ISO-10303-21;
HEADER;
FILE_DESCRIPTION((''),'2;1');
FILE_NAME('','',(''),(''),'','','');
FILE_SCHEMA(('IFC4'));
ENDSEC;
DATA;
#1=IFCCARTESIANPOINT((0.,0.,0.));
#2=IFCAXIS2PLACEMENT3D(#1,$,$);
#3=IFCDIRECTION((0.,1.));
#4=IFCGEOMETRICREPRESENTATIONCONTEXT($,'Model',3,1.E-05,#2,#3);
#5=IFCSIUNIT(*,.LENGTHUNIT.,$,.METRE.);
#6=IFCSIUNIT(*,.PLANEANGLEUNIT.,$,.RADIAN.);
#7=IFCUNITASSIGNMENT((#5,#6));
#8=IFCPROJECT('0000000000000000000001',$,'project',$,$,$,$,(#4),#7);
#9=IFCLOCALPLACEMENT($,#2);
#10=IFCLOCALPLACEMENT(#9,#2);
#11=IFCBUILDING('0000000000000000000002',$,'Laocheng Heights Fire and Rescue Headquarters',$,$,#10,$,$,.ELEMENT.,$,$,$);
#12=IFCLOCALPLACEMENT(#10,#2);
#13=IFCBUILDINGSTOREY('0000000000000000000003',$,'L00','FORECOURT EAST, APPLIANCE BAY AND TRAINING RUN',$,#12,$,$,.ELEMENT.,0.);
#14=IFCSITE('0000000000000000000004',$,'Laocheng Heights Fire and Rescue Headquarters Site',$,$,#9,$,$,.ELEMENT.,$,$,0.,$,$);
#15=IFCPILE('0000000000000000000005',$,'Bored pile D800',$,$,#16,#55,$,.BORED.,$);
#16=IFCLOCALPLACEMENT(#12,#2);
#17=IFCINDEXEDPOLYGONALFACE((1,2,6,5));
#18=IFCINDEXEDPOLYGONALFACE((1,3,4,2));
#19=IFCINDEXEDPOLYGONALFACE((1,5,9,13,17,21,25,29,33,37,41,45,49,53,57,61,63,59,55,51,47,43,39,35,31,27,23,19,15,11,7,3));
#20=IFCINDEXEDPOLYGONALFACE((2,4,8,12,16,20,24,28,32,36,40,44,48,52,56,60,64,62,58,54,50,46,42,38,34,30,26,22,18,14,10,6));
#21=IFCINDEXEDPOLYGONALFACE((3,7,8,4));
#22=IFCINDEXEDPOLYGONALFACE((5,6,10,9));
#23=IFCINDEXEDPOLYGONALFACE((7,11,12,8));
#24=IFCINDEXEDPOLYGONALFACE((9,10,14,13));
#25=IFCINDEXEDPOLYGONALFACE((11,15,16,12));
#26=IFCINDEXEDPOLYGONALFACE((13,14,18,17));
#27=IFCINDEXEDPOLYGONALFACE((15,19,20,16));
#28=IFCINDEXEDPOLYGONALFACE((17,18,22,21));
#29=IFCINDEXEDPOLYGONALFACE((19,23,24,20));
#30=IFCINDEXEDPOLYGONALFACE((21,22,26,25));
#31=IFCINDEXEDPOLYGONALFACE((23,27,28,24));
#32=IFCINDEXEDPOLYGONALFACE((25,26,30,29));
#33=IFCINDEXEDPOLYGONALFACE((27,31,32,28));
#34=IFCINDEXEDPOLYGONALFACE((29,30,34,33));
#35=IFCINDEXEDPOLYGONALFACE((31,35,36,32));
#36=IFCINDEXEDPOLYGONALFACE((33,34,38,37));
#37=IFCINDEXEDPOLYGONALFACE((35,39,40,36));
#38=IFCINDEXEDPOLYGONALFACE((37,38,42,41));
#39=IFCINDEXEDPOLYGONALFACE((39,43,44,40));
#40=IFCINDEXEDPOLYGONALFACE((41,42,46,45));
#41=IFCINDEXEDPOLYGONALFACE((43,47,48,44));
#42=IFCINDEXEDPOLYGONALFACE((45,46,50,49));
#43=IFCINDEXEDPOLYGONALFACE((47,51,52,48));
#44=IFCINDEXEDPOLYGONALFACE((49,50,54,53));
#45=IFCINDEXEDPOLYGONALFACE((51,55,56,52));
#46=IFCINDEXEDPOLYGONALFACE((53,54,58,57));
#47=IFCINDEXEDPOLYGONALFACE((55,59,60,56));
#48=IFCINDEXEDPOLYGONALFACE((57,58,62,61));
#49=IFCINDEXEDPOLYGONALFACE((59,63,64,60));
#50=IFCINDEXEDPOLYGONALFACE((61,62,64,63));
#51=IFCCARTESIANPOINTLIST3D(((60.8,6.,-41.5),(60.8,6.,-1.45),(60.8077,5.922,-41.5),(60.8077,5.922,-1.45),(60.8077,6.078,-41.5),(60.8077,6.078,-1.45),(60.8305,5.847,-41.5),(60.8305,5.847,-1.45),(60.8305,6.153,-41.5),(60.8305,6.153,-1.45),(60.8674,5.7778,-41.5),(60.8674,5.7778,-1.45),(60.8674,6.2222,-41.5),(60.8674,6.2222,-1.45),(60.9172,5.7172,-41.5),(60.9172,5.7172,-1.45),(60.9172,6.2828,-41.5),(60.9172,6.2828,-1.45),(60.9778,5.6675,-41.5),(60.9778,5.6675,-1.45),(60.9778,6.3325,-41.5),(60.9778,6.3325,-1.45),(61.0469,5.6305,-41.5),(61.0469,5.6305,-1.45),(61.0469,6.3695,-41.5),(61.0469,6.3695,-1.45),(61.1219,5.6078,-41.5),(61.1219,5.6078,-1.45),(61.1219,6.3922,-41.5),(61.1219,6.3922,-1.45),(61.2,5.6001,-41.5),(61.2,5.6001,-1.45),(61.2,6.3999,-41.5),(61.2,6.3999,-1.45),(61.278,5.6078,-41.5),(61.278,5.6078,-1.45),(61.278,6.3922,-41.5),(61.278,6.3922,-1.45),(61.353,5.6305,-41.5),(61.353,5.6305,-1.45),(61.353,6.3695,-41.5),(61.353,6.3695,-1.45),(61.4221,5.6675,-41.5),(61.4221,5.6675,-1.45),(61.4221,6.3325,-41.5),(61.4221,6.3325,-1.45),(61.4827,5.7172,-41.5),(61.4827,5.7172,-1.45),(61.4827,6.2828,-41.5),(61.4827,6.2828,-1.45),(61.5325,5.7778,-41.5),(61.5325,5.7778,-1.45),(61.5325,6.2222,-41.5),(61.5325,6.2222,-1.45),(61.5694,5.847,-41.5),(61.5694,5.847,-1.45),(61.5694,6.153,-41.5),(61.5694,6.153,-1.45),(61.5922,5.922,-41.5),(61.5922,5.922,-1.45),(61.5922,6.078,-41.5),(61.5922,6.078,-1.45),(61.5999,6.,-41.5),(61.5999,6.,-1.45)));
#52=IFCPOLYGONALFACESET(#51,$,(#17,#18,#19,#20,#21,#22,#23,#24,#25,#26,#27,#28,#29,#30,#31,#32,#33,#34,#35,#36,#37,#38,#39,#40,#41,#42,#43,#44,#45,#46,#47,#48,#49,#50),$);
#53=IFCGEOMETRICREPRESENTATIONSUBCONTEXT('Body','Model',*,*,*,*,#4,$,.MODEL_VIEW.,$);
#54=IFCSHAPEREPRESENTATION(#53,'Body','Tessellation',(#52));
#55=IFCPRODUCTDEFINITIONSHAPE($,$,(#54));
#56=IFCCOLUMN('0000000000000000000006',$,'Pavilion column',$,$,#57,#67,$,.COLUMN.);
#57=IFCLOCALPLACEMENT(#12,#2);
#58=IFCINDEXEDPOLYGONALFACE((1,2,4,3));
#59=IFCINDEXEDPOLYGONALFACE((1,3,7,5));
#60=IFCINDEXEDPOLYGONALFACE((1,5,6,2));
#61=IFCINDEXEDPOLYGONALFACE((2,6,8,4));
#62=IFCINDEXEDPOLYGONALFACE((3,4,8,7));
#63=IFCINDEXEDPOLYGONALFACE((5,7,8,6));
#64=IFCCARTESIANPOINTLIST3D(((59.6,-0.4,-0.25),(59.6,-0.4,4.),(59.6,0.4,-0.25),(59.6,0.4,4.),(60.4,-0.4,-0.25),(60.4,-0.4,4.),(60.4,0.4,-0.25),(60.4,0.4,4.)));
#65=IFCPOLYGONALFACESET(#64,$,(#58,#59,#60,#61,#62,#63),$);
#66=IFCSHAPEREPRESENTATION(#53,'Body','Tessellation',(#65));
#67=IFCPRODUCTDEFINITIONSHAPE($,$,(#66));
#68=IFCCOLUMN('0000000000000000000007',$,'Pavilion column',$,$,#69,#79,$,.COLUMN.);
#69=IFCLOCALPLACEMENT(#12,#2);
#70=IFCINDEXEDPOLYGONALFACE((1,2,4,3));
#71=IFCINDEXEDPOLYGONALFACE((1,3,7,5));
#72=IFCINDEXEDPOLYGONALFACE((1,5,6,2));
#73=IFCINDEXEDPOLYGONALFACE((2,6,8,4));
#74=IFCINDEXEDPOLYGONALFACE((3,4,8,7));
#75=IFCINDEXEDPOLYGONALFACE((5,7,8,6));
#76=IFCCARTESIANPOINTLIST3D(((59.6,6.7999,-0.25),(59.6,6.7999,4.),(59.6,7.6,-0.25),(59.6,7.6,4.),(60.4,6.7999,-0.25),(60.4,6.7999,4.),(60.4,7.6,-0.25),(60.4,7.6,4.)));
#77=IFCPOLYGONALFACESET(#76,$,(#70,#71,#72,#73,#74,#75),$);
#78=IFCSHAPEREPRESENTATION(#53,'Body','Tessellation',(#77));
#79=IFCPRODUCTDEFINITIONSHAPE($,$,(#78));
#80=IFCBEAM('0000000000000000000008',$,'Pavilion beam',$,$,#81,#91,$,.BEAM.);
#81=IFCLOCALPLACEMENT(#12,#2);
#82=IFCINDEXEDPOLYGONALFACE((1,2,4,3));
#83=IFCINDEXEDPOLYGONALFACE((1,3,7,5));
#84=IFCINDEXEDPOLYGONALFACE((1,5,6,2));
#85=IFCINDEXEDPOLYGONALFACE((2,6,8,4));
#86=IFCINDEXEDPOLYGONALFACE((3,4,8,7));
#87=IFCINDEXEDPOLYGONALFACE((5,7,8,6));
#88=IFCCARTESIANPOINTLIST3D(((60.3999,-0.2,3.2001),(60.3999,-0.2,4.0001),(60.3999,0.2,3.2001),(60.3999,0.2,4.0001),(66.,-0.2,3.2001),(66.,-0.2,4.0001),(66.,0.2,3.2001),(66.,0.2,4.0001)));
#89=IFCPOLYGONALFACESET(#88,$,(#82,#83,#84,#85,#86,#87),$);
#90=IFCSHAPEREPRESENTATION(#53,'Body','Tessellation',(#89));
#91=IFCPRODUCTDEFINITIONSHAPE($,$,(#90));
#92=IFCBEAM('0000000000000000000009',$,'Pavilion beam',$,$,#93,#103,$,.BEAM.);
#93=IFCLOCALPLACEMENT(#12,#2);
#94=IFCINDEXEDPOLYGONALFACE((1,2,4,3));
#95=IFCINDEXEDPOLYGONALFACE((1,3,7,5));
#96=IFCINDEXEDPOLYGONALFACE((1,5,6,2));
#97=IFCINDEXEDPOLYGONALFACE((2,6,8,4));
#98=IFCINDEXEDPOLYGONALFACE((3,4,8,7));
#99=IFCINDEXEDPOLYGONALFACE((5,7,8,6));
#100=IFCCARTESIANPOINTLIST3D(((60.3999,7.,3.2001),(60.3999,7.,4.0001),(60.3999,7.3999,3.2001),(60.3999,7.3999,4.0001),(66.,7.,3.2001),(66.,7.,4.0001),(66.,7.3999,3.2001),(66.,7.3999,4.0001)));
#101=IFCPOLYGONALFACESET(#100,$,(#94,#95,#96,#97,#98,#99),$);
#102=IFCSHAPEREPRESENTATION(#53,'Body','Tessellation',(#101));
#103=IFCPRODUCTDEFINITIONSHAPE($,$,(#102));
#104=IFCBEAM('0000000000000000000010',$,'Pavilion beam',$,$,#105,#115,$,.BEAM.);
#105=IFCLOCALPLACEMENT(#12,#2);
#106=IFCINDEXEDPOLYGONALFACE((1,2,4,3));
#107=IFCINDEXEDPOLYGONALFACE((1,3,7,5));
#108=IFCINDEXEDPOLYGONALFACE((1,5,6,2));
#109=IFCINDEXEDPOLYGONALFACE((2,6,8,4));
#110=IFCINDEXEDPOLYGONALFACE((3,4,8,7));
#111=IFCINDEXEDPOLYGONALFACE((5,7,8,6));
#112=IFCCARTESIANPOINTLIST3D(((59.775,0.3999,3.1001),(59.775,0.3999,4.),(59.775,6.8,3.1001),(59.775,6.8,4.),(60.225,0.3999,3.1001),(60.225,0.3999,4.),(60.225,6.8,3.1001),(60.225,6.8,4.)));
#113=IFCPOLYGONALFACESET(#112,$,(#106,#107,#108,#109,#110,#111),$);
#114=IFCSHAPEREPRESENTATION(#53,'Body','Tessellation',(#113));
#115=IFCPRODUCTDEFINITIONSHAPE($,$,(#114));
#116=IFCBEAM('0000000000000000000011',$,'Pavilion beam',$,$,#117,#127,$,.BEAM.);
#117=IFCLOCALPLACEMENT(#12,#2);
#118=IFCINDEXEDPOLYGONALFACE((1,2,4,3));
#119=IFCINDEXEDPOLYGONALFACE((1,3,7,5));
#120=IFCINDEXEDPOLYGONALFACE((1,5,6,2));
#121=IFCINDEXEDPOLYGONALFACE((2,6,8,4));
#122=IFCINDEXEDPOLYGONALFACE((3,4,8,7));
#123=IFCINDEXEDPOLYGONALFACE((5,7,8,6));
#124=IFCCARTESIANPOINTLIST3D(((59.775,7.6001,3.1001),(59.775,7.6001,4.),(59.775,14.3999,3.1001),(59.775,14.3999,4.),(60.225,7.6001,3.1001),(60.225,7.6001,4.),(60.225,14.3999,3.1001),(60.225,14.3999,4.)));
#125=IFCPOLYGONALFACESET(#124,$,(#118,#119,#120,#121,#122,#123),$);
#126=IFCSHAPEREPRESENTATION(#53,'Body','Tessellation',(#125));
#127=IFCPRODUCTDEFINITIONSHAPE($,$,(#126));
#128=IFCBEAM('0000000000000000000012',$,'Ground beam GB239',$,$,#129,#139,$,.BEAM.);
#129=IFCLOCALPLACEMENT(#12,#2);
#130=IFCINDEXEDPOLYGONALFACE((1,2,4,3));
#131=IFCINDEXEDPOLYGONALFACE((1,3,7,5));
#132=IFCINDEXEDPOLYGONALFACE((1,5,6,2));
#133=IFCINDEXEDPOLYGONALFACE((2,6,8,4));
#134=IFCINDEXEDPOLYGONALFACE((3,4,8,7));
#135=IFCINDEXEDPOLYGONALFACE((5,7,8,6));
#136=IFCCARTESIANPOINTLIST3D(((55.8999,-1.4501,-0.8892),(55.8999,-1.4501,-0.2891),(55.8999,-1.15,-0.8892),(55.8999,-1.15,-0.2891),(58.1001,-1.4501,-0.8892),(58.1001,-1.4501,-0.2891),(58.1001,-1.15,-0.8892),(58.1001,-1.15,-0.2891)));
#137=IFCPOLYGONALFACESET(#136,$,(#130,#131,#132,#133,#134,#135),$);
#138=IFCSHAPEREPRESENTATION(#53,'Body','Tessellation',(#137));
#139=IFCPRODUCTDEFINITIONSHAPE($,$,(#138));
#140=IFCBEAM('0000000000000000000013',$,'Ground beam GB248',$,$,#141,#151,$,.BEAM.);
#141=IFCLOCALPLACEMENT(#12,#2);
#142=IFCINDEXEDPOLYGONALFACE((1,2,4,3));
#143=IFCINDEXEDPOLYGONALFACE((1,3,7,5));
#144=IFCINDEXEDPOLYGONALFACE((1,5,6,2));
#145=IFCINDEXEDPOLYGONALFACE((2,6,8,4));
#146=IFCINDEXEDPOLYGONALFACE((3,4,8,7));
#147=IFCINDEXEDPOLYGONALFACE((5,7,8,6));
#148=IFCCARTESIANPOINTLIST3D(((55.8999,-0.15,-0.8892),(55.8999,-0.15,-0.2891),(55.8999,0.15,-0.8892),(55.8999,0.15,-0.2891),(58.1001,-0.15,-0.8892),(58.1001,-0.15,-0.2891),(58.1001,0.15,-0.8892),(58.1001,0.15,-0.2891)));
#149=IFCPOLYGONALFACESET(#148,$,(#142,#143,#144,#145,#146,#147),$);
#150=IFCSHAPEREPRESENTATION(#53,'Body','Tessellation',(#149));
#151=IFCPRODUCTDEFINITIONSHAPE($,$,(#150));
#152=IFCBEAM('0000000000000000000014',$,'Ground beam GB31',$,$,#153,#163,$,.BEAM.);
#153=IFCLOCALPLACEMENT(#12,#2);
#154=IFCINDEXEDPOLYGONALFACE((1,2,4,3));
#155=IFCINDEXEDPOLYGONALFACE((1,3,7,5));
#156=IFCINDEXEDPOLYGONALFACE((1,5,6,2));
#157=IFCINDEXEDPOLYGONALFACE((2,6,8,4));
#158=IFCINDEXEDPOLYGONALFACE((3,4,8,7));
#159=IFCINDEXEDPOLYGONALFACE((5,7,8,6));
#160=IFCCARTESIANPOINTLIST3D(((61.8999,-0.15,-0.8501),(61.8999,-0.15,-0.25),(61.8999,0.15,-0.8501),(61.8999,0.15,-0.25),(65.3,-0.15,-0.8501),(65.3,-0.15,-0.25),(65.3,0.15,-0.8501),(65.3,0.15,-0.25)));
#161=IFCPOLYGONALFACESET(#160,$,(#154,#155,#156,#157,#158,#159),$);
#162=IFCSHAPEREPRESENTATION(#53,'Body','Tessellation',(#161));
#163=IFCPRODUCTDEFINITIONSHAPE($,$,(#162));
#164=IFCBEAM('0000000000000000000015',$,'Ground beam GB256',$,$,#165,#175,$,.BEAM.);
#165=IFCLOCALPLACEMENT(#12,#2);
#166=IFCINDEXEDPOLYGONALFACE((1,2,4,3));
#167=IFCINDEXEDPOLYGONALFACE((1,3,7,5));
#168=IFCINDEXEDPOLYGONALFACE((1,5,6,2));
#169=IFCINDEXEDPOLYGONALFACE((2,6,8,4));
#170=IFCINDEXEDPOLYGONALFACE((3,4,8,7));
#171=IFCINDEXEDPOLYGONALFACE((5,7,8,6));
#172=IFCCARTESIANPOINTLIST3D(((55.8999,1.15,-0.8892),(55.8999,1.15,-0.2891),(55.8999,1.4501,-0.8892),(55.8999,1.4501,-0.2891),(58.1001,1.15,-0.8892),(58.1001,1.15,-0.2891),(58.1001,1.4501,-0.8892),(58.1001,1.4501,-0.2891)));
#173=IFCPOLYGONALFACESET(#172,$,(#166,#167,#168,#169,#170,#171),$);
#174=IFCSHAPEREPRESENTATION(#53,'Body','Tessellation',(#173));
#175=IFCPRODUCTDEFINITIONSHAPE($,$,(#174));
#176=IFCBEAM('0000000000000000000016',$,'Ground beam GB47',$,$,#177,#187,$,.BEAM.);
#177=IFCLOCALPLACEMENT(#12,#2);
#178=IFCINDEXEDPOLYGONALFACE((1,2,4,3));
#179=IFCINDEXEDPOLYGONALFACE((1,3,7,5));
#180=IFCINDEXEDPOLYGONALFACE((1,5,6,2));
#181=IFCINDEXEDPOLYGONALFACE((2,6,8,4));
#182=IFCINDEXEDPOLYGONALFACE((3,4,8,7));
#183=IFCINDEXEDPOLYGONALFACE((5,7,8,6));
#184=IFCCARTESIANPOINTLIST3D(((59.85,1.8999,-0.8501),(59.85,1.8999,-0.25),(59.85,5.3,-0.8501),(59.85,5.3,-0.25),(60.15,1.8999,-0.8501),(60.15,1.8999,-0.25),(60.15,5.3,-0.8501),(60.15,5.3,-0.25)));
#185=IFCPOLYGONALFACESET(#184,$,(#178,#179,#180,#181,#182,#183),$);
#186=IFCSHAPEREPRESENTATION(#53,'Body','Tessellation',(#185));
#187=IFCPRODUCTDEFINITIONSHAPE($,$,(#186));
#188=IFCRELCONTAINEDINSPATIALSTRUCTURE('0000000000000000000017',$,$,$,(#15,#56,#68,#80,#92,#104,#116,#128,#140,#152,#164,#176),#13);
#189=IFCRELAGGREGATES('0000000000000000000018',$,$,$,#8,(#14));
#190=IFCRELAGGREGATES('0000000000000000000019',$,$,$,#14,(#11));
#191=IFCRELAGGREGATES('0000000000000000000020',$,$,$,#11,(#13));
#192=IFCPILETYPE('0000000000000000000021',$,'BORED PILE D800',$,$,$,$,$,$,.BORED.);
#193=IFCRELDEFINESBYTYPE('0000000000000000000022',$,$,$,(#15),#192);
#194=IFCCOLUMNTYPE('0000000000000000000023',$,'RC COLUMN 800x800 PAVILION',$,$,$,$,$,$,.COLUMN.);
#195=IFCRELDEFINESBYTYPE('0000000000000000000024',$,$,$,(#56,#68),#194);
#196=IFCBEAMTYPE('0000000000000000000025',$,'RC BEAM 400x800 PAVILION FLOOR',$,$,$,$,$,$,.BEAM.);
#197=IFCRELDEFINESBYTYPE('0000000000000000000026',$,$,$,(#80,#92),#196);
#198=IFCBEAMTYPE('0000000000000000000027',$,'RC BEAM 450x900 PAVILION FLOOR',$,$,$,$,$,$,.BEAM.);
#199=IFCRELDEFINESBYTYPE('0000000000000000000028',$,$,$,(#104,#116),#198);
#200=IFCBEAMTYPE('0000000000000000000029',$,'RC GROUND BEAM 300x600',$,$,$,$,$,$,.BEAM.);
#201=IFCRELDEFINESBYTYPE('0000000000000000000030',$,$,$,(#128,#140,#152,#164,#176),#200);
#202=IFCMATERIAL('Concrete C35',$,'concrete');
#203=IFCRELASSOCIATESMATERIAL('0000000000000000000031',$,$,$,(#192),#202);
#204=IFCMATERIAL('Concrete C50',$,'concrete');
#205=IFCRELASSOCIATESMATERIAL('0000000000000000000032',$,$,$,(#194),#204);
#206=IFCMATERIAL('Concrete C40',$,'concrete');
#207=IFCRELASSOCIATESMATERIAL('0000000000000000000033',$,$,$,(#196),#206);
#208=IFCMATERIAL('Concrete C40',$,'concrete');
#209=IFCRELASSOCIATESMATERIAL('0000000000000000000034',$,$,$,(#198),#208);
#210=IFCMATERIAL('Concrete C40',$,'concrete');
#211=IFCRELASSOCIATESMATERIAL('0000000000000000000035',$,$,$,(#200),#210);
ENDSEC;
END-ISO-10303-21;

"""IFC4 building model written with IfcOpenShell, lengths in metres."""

from ifc_helpers import new_model, si_unit, direction, frame, origin, origin_2d, place, context, subcontext, project, spatial, rectangle, circle, extrude, material, material_profile, profile_set, type_object, element, save


model = new_model("IFC4")

# Units and contexts
model_context = context("Model", 3, precision=1e-05, world=origin(), true_north=direction((0.0, 1.0)))
body_context = subcontext(model_context, "Body", "Model", "MODEL_VIEW")
ifc_project = project(units=[si_unit("LENGTHUNIT", "METRE"), si_unit("PLANEANGLEUNIT", "RADIAN")], contexts=[model_context])

# Site, building, storey
site_placement = place(None, origin())
site = spatial("IfcSite", under=ifc_project, at=site_placement, Name="Laocheng Heights Fire and Rescue Headquarters Site", CompositionType="ELEMENT", RefElevation=0.0)
building_placement = place(site_placement, origin())
building = spatial("IfcBuilding", under=site, at=building_placement, Name="Laocheng Heights Fire and Rescue Headquarters", CompositionType="ELEMENT")
storey_placement = place(building_placement, origin())
storey = spatial("IfcBuildingStorey", under=building, at=storey_placement, Name="L00", Description="FORECOURT EAST, APPLIANCE BAY AND TRAINING RUN", CompositionType="ELEMENT", Elevation=0.0)

# Pile
ifc_material_1 = material(Name="Concrete C35", Category="concrete")
ifc_material_profile_1 = material_profile(ifc_material_1, circle(Radius=0.3999, at=origin_2d()), Name="BORED PILE D800")
ifc_profile_set_1 = profile_set([ifc_material_profile_1], Name="Concrete C35")
pile_type = type_object("IfcPileType", Name="BORED PILE D800", PredefinedType="BORED", material=ifc_profile_set_1)
for number, where, z_axis, x_axis, name in (
    (1, (61.2, 6.0, -1.45), (0.0, 0.0, -1.0), (1.0, 0.0, 0.0), "Bored pile D800"),
):
    element("IfcPile", number, at=place(storey_placement, frame(where, z_axis=z_axis, x_axis=x_axis)), inside=storey, type_object=pile_type, Name=name, PredefinedType="BORED", context=body_context, shape_type="SweptSolid", body=[
        extrude(circle(Radius=0.3999, at=origin_2d()), origin(), (0.0, 0.0, 1.0), 40.05),
    ])

# Columns
ifc_material_2 = material(Name="Concrete C50", Category="concrete")
ifc_material_profile_2 = material_profile(ifc_material_2, rectangle(XDim=0.8, YDim=0.8, at=origin_2d()), Name="RC COLUMN 800x800 PAVILION")
ifc_profile_set_2 = profile_set([ifc_material_profile_2], Name="Concrete C50")
column_type = type_object("IfcColumnType", Name="RC COLUMN 800x800 PAVILION", PredefinedType="COLUMN", material=ifc_profile_set_2)
for number, where, z_axis, x_axis, name in (
    (2, (60.0, 0.0, -0.25), (0.0, 0.0, 1.0), (1.0, 0.0, 0.0), "Pavilion column"),
    (3, (60.0, 7.2, -0.25), (0.0, 0.0, 1.0), (1.0, 0.0, 0.0), "Pavilion column"),
):
    element("IfcColumn", number, at=place(storey_placement, frame(where, z_axis=z_axis, x_axis=x_axis)), inside=storey, type_object=column_type, Name=name, PredefinedType="COLUMN", context=body_context, shape_type="SweptSolid", body=[
        extrude(rectangle(XDim=0.8, YDim=0.8, at=origin_2d()), origin(), (0.0, 0.0, 1.0), 4.25),
    ])

# Beams
ifc_material_3 = material(Name="Concrete C40", Category="concrete")
ifc_material_profile_3 = material_profile(ifc_material_3, rectangle(XDim=0.3999, YDim=0.8, at=origin_2d()), Name="RC BEAM 400x800 PAVILION FLOOR")
ifc_profile_set_3 = profile_set([ifc_material_profile_3], Name="Concrete C40")
beam_type_1 = type_object("IfcBeamType", Name="RC BEAM 400x800 PAVILION FLOOR", PredefinedType="BEAM", material=ifc_profile_set_3)
for number, where, z_axis, x_axis, name in (
    (4, (60.3999, 0.0, 3.6001), (1.0, 0.0, 0.0), (0.0, 1.0, 0.0), "Pavilion beam"),
    (5, (60.3999, 7.2, 3.6001), (1.0, 0.0, 0.0), (0.0, 1.0, 0.0), "Pavilion beam"),
):
    element("IfcBeam", number, at=place(storey_placement, frame(where, z_axis=z_axis, x_axis=x_axis)), inside=storey, type_object=beam_type_1, Name=name, PredefinedType="BEAM", context=body_context, shape_type="SweptSolid", body=[
        extrude(rectangle(XDim=0.3999, YDim=0.8, at=origin_2d()), origin(), (0.0, 0.0, 1.0), 5.6001),
    ])
ifc_material_4 = material(Name="Concrete C40", Category="concrete")
ifc_material_profile_4 = material_profile(ifc_material_4, rectangle(XDim=0.45, YDim=0.8999, at=origin_2d()), Name="RC BEAM 450x900 PAVILION FLOOR")
ifc_profile_set_4 = profile_set([ifc_material_profile_4], Name="Concrete C40")
beam_type_2 = type_object("IfcBeamType", Name="RC BEAM 450x900 PAVILION FLOOR", PredefinedType="BEAM", material=ifc_profile_set_4)
beam_1_placement = place(storey_placement, frame((60.0, 0.3999, 3.55), z_axis=(0.0, 1.0, 0.0), x_axis=(-1.0, 0.0, 0.0)))
element("IfcBeam", 6, at=beam_1_placement, inside=storey, type_object=beam_type_2, Name="Pavilion beam", PredefinedType="BEAM", context=body_context, shape_type="SweptSolid", body=[
    extrude(rectangle(XDim=0.45, YDim=0.8999, at=origin_2d()), origin(), (0.0, 0.0, 1.0), 6.4001),
])
beam_2_placement = place(storey_placement, frame((60.0, 7.6001, 3.55), z_axis=(0.0, 1.0, 0.0), x_axis=(-1.0, 0.0, 0.0)))
element("IfcBeam", 7, at=beam_2_placement, inside=storey, type_object=beam_type_2, Name="Pavilion beam", PredefinedType="BEAM", context=body_context, shape_type="SweptSolid", body=[
    extrude(rectangle(XDim=0.45, YDim=0.8999, at=origin_2d()), origin(), (0.0, 0.0, 1.0), 6.7998),
])
ifc_material_5 = material(Name="Concrete C40", Category="concrete")
ifc_material_profile_5 = material_profile(ifc_material_5, rectangle(XDim=0.3, YDim=0.6001, at=origin_2d()), Name="RC GROUND BEAM 300x600")
ifc_profile_set_5 = profile_set([ifc_material_profile_5], Name="Concrete C40")
beam_type_3 = type_object("IfcBeamType", Name="RC GROUND BEAM 300x600", PredefinedType="BEAM", material=ifc_profile_set_5)
for number, where, z_axis, x_axis, name in (
    (8, (55.8999, -1.3, -0.5891), (1.0, 0.0, 0.0), (0.0, 1.0, 0.0), "Ground beam GB239"),
    (9, (55.8999, 0.0, -0.5891), (1.0, 0.0, 0.0), (0.0, 1.0, 0.0), "Ground beam GB248"),
):
    element("IfcBeam", number, at=place(storey_placement, frame(where, z_axis=z_axis, x_axis=x_axis)), inside=storey, type_object=beam_type_3, Name=name, PredefinedType="BEAM", context=body_context, shape_type="SweptSolid", body=[
        extrude(rectangle(XDim=0.3, YDim=0.6001, at=origin_2d()), origin(), (0.0, 0.0, 1.0), 2.2002),
    ])
beam_3_placement = place(storey_placement, frame((61.8999, 0.0, -0.55), z_axis=(1.0, 0.0, 0.0), x_axis=(0.0, 1.0, 0.0)))
element("IfcBeam", 10, at=beam_3_placement, inside=storey, type_object=beam_type_3, Name="Ground beam GB31", PredefinedType="BEAM", context=body_context, shape_type="SweptSolid", body=[
    extrude(rectangle(XDim=0.3, YDim=0.6001, at=origin_2d()), origin(), (0.0, 0.0, 1.0), 3.4001),
])
beam_4_placement = place(storey_placement, frame((55.8999, 1.3, -0.5891), z_axis=(1.0, 0.0, 0.0), x_axis=(0.0, 1.0, 0.0)))
element("IfcBeam", 11, at=beam_4_placement, inside=storey, type_object=beam_type_3, Name="Ground beam GB256", PredefinedType="BEAM", context=body_context, shape_type="SweptSolid", body=[
    extrude(rectangle(XDim=0.3, YDim=0.6001, at=origin_2d()), origin(), (0.0, 0.0, 1.0), 2.2002),
])
beam_5_placement = place(storey_placement, frame((60.0, 1.8999, -0.55), z_axis=(0.0, 1.0, 0.0), x_axis=(-1.0, 0.0, 0.0)))
element("IfcBeam", 12, at=beam_5_placement, inside=storey, type_object=beam_type_3, Name="Ground beam GB47", PredefinedType="BEAM", context=body_context, shape_type="SweptSolid", body=[
    extrude(rectangle(XDim=0.3, YDim=0.6001, at=origin_2d()), origin(), (0.0, 0.0, 1.0), 3.4001),
])

save(model, "model.ifc")
